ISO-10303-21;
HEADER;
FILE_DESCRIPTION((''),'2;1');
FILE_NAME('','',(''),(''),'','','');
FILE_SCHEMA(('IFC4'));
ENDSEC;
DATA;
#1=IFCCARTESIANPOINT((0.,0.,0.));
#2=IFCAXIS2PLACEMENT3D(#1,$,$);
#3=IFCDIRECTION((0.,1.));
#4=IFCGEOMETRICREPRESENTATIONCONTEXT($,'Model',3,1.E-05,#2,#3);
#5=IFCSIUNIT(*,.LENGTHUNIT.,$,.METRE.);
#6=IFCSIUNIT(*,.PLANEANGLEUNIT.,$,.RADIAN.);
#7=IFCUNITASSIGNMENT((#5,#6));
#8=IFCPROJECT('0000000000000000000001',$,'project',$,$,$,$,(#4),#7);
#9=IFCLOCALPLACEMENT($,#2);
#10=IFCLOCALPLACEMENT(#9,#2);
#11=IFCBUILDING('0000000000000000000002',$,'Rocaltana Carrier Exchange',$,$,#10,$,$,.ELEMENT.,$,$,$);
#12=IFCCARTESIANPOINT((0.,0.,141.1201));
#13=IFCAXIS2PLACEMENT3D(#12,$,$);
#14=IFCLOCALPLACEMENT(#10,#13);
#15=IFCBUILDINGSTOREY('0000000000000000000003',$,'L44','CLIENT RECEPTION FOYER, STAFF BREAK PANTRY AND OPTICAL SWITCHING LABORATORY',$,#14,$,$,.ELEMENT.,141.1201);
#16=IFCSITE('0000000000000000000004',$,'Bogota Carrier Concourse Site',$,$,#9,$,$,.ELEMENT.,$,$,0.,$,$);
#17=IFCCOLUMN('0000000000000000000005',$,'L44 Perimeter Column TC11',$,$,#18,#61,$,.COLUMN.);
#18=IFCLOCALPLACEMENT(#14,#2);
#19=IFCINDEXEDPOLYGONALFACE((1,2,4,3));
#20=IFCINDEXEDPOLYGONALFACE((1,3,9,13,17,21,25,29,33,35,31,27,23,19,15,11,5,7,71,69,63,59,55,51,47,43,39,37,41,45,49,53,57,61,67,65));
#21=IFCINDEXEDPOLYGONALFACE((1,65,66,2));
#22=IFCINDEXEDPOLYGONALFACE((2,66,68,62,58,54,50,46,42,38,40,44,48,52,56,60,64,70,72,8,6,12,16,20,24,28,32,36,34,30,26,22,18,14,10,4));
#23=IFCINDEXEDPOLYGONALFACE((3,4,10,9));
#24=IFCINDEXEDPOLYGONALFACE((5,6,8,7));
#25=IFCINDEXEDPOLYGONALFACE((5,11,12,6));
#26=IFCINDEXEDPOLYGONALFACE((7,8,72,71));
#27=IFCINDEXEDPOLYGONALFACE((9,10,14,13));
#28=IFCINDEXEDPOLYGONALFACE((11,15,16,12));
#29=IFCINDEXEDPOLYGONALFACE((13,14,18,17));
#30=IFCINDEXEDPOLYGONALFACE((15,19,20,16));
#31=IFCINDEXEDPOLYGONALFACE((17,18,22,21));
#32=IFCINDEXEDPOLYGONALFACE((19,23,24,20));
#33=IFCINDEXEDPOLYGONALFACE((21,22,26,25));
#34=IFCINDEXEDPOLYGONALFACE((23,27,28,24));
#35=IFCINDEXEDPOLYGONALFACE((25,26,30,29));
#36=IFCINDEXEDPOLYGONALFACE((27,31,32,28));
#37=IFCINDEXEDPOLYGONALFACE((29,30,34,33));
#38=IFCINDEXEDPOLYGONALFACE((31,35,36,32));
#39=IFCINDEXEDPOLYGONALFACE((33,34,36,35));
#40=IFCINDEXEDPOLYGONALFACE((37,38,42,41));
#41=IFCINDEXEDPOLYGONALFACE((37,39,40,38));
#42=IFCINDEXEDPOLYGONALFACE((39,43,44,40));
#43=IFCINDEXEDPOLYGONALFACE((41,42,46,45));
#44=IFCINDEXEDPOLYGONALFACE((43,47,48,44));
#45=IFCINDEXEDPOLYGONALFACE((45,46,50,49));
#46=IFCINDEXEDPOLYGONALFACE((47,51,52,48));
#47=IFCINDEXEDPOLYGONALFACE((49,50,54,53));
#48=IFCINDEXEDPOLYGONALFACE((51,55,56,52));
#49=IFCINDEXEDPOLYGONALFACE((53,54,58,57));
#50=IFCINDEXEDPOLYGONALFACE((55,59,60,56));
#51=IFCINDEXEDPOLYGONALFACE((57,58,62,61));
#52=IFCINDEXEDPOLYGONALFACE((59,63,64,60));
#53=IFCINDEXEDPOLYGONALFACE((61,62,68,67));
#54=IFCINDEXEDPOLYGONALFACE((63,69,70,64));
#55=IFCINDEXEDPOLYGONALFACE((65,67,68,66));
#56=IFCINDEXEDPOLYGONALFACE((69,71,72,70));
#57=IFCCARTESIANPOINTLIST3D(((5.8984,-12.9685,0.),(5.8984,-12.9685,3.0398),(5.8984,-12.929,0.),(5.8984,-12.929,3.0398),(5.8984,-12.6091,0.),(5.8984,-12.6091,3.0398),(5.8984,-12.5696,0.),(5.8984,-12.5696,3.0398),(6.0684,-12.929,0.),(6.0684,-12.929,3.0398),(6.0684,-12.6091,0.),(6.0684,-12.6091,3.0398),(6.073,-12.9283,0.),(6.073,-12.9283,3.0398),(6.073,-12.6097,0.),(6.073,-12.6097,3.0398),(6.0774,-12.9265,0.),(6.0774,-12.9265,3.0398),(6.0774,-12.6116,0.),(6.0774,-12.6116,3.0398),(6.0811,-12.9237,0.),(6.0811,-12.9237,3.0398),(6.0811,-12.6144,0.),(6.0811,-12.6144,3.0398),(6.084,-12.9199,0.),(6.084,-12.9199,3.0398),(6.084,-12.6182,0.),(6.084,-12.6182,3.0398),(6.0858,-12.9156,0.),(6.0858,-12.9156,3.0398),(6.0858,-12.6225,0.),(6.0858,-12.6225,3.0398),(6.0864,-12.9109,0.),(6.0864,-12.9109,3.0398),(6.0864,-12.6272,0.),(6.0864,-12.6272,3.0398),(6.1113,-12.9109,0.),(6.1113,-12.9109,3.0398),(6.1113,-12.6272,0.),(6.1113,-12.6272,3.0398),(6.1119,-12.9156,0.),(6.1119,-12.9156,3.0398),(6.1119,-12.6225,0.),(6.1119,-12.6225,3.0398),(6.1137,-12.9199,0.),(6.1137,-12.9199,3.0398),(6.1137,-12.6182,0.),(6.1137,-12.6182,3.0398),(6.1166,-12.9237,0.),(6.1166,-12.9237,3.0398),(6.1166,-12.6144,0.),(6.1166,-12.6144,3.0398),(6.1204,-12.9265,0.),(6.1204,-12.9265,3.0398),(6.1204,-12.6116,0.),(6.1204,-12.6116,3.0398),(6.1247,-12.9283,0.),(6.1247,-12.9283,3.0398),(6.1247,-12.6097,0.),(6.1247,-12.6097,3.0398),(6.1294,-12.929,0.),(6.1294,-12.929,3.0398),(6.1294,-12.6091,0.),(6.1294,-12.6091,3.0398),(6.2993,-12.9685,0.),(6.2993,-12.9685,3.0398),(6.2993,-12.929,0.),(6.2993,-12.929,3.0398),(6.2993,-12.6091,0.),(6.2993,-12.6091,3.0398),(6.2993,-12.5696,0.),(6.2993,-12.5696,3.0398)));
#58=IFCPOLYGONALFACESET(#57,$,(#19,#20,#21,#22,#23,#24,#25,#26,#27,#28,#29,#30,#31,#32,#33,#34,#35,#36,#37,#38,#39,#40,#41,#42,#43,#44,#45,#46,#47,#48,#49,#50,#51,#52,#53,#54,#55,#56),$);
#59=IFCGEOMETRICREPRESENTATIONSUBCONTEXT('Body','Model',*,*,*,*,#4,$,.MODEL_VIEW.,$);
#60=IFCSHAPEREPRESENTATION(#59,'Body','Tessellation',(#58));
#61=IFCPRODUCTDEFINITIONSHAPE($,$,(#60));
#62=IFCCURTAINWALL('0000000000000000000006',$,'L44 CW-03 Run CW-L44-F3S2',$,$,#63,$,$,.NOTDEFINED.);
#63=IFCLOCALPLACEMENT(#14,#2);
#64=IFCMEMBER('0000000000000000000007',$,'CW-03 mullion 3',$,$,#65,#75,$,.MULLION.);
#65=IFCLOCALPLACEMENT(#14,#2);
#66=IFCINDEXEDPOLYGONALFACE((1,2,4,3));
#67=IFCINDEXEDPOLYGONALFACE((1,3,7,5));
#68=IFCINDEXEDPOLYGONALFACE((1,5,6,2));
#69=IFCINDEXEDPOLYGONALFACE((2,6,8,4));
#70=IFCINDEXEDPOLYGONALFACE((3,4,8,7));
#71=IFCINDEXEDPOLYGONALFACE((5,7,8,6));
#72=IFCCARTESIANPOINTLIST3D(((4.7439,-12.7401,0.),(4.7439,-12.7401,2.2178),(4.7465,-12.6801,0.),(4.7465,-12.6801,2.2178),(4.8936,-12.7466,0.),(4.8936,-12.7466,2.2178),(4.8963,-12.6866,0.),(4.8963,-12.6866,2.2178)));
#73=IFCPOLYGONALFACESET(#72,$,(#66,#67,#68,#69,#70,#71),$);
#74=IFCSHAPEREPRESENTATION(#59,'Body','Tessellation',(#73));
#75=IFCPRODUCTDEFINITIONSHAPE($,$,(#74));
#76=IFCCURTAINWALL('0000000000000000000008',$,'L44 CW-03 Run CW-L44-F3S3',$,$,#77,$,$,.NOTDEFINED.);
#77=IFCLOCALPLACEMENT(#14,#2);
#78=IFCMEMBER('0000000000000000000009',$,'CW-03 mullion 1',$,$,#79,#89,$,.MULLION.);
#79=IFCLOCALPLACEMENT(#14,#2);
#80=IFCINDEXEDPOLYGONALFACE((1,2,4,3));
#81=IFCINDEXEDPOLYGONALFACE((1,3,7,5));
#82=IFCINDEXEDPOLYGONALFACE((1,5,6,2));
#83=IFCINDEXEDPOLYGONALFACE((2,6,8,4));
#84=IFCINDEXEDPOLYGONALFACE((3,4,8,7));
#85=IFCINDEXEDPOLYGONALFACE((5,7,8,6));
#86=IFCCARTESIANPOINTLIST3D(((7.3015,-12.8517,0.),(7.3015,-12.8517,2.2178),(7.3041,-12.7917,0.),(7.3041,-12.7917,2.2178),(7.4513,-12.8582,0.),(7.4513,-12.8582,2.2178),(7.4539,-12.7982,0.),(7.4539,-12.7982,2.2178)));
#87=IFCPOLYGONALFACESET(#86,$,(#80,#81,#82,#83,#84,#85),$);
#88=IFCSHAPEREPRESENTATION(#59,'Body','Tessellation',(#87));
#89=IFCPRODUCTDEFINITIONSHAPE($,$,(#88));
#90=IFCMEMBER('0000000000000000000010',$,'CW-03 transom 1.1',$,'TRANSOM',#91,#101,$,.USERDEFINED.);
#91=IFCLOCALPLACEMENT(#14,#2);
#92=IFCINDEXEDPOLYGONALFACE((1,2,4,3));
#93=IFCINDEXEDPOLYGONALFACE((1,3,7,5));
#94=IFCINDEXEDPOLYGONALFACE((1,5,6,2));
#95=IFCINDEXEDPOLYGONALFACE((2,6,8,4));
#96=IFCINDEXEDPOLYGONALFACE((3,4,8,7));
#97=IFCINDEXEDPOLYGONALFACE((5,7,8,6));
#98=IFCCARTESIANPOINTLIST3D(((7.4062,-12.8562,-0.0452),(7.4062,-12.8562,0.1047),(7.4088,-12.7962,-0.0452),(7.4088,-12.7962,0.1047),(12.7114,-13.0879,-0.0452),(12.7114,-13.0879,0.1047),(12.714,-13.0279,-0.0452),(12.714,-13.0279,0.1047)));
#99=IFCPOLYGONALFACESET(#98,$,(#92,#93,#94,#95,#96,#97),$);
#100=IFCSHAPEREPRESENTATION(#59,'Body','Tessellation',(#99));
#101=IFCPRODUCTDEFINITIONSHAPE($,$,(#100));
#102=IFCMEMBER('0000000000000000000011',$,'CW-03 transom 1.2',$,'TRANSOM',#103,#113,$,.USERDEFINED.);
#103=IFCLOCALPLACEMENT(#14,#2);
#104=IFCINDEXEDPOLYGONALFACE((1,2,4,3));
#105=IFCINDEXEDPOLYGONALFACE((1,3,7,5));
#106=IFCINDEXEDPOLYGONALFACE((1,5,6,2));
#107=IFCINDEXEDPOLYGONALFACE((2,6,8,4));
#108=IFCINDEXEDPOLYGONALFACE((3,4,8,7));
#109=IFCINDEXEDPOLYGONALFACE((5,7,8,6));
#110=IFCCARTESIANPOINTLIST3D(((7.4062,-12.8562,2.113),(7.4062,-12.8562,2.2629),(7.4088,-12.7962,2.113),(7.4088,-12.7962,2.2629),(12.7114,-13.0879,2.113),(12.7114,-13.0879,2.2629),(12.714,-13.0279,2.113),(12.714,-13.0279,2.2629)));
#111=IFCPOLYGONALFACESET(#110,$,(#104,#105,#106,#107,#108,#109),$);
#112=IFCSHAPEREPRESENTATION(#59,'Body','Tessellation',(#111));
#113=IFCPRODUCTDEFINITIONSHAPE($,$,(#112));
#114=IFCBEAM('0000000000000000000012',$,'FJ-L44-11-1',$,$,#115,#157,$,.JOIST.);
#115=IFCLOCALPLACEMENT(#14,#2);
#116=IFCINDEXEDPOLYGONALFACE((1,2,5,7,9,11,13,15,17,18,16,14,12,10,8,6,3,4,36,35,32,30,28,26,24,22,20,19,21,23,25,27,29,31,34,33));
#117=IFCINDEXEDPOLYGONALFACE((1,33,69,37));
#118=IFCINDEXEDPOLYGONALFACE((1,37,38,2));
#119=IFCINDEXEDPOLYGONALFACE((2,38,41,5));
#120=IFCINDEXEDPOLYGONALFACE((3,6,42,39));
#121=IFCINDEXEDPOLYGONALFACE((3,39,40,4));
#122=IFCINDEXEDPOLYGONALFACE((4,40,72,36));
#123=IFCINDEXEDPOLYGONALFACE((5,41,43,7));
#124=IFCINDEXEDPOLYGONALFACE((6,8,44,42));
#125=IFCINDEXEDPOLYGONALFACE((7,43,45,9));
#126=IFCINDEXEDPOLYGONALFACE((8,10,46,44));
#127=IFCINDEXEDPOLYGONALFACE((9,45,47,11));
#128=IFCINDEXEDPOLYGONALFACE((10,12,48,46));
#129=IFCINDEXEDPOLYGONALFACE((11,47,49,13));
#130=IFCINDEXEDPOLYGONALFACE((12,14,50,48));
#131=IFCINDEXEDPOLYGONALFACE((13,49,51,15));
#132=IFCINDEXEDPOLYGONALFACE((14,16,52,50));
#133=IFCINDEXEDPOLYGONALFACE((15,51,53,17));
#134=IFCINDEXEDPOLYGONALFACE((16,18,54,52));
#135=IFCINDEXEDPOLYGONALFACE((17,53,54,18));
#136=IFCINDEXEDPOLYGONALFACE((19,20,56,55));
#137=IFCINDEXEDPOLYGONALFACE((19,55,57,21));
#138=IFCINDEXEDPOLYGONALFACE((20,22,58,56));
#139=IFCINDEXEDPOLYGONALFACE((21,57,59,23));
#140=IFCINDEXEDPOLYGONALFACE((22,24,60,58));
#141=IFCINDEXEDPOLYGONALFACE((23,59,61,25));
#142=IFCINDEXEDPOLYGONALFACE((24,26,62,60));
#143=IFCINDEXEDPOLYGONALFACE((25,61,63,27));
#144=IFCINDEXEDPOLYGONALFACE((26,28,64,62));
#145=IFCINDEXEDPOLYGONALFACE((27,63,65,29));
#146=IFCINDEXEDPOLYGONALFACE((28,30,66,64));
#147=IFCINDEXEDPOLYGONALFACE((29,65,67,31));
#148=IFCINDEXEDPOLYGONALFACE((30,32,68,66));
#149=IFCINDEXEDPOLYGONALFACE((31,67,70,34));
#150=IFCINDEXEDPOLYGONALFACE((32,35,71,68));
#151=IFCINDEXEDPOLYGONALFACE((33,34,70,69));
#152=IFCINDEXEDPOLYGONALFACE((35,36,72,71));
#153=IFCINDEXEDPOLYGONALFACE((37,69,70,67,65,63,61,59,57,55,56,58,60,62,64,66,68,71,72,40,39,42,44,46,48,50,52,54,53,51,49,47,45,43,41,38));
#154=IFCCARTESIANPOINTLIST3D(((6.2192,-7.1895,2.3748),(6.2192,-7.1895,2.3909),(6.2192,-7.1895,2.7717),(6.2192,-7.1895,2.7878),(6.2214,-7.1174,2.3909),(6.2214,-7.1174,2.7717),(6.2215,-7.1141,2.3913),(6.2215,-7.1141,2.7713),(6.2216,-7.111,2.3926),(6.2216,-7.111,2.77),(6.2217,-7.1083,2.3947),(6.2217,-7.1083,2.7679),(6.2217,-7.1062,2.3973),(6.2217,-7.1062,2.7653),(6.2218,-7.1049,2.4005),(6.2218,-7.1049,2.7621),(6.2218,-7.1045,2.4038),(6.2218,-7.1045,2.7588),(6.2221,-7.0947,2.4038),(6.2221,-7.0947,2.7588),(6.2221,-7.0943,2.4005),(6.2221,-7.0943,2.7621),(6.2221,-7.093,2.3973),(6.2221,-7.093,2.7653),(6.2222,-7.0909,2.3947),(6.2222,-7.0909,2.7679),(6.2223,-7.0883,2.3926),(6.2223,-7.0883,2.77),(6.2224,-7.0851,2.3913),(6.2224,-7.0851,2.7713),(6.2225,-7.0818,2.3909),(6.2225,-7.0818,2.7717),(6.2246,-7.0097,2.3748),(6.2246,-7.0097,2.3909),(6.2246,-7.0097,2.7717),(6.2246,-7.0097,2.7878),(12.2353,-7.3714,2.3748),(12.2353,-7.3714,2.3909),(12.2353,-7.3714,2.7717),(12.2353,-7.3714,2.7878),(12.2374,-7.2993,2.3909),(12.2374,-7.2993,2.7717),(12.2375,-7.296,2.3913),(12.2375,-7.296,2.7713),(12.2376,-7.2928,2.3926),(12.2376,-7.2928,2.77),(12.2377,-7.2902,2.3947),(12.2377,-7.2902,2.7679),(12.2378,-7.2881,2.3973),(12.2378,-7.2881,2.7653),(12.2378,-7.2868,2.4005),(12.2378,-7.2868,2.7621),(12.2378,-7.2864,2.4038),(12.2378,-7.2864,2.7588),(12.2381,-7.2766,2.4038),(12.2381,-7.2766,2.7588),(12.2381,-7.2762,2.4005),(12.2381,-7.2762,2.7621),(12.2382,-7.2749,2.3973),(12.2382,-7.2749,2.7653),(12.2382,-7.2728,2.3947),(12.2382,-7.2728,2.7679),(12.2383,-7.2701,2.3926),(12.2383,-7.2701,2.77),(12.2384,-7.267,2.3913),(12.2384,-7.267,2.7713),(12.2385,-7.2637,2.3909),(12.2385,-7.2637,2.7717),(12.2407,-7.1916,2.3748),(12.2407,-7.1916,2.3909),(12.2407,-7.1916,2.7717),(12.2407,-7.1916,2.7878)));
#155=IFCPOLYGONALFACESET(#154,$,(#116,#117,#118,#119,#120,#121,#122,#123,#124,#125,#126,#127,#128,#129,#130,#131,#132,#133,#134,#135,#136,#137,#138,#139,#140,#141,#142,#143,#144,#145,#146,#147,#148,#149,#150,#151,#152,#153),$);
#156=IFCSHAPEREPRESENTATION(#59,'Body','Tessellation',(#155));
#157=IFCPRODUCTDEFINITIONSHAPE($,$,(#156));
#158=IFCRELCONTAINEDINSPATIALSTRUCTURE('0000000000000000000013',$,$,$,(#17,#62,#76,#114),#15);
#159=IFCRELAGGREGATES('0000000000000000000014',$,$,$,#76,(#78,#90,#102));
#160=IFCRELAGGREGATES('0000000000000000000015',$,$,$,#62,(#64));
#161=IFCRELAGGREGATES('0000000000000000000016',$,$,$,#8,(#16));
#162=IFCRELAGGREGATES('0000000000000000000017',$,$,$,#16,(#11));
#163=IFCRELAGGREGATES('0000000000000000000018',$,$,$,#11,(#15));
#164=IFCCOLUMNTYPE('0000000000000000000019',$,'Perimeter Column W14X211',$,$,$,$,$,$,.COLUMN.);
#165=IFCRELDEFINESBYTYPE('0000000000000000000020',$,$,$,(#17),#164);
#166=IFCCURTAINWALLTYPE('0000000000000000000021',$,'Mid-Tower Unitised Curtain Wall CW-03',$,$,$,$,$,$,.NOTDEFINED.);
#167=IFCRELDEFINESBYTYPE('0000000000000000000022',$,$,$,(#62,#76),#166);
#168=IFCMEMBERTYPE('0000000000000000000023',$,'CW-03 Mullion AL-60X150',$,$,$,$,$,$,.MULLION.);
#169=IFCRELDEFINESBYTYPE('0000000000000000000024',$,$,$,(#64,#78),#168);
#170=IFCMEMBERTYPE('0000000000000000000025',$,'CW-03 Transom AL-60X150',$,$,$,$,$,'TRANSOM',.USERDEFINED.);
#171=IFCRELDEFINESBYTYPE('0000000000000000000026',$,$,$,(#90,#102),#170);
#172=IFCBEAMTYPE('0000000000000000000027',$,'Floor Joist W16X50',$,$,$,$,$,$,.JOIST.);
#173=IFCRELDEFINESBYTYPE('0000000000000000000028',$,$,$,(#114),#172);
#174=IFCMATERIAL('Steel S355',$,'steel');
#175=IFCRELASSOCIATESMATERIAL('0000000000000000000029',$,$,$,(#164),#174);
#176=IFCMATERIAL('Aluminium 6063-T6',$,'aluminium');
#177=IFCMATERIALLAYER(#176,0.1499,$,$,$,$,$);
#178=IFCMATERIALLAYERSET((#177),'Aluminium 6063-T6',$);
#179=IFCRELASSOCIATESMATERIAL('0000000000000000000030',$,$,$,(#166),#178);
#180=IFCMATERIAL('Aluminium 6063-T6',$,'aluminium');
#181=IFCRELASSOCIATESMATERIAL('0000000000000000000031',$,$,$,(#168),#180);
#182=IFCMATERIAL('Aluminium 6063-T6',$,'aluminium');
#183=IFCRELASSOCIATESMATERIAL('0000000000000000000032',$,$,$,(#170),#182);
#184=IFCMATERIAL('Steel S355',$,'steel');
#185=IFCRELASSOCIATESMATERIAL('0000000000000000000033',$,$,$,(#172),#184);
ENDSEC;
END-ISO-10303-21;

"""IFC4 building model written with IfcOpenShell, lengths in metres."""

from ifc_helpers import new_model, si_unit, direction, frame, origin, origin_2d, place, context, subcontext, project, spatial, rectangle, i_section, extrude, material, layer, layer_set, material_profile, profile_set, type_object, element, aggregate, save


model = new_model("IFC4")

# Units and contexts
model_context = context("Model", 3, precision=1e-05, world=origin(), true_north=direction((0.0, 1.0)))
body_context = subcontext(model_context, "Body", "Model", "MODEL_VIEW")
ifc_project = project(units=[si_unit("LENGTHUNIT", "METRE"), si_unit("PLANEANGLEUNIT", "RADIAN")], contexts=[model_context])

# Site, building, storey
site_placement = place(None, origin())
site = spatial("IfcSite", under=ifc_project, at=site_placement, Name="Bogota Carrier Concourse Site", CompositionType="ELEMENT", RefElevation=0.0)
building_placement = place(site_placement, origin())
building = spatial("IfcBuilding", under=site, at=building_placement, Name="Rocaltana Carrier Exchange", CompositionType="ELEMENT")
storey_placement = place(building_placement, frame((0.0, 0.0, 141.1201)))
storey = spatial("IfcBuildingStorey", under=building, at=storey_placement, Name="L44", Description="CLIENT RECEPTION FOYER, STAFF BREAK PANTRY AND OPTICAL SWITCHING LABORATORY", CompositionType="ELEMENT", Elevation=141.1201)

# Column
ifc_material_1 = material(Name="Steel S355", Category="steel")
ifc_material_profile_1 = material_profile(ifc_material_1, i_section(OverallWidth=0.4009, OverallDepth=0.3989, WebThickness=0.0249, FlangeThickness=0.0396, FilletRadius=0.0181, at=origin_2d()), Name="W14X211")
ifc_profile_set_1 = profile_set([ifc_material_profile_1], Name="Steel S355")
column_type = type_object("IfcColumnType", Name="Perimeter Column W14X211", PredefinedType="COLUMN", material=ifc_profile_set_1)
column_placement = place(storey_placement, frame((6.0989, -12.769, 0.0), z_axis=(0.0, 0.0, 1.0), x_axis=(1.0, 0.0, 0.0)))
element("IfcColumn", 1, at=column_placement, inside=storey, type_object=column_type, Name="L44 Perimeter Column TC11", PredefinedType="COLUMN", context=body_context, shape_type="SweptSolid", body=[
    extrude(i_section(OverallWidth=0.4009, OverallDepth=0.3989, WebThickness=0.0249, FlangeThickness=0.0396, FilletRadius=0.0181, at=origin_2d()), origin(), (0.0, 0.0, 1.0), 3.0398),
])

# Curtain wall, member
ifc_material_2 = material(Name="Aluminium 6063-T6", Category="aluminium")
ifc_layer_1 = layer(ifc_material_2, 0.1499)
ifc_layer_set_1 = layer_set([ifc_layer_1], Name="Aluminium 6063-T6")
curtain_wall_type = type_object("IfcCurtainWallType", Name="Mid-Tower Unitised Curtain Wall CW-03", PredefinedType="NOTDEFINED", material=ifc_layer_set_1)
curtain_wall_1_placement = place(storey_placement, origin())
curtain_wall_1 = element("IfcCurtainWall", 2, at=curtain_wall_1_placement, inside=storey, type_object=curtain_wall_type, Name="L44 CW-03 Run CW-L44-F3S2", PredefinedType="NOTDEFINED")
ifc_material_3 = material(Name="Aluminium 6063-T6", Category="aluminium")
ifc_material_profile_2 = material_profile(ifc_material_3, rectangle(XDim=0.0601, YDim=0.1499, at=origin_2d()), Name="AL-60X150")
ifc_profile_set_2 = profile_set([ifc_material_profile_2], Name="Aluminium 6063-T6")
member_type_1 = type_object("IfcMemberType", Name="CW-03 Mullion AL-60X150", PredefinedType="MULLION", material=ifc_profile_set_2)
member_1_placement = place(storey_placement, frame((4.8201, -12.7134, 0.0), z_axis=(0.0, 0.0, 1.0), x_axis=(0.04362, 0.999048, 0.0)))
member_1 = element("IfcMember", 3, at=member_1_placement, type_object=member_type_1, Name="CW-03 mullion 3", PredefinedType="MULLION", context=body_context, shape_type="SweptSolid", body=[
    extrude(rectangle(XDim=0.0601, YDim=0.1499, at=origin_2d()), origin(), (0.0, 0.0, 1.0), 2.2178),
])

# Curtain wall, members
curtain_wall_2_placement = place(storey_placement, origin())
curtain_wall_2 = element("IfcCurtainWall", 4, at=curtain_wall_2_placement, inside=storey, type_object=curtain_wall_type, Name="L44 CW-03 Run CW-L44-F3S3", PredefinedType="NOTDEFINED")
member_2_placement = place(storey_placement, frame((7.3777, -12.825, 0.0), z_axis=(0.0, 0.0, 1.0), x_axis=(0.043629, 0.999048, 0.0)))
member_2 = element("IfcMember", 5, at=member_2_placement, type_object=member_type_1, Name="CW-03 mullion 1", PredefinedType="MULLION", context=body_context, shape_type="SweptSolid", body=[
    extrude(rectangle(XDim=0.0601, YDim=0.1499, at=origin_2d()), origin(), (0.0, 0.0, 1.0), 2.2178),
])
ifc_material_4 = material(Name="Aluminium 6063-T6", Category="aluminium")
ifc_material_profile_3 = material_profile(ifc_material_4, rectangle(XDim=0.0601, YDim=0.1499, at=origin_2d()), Name="AL-60X150")
ifc_profile_set_3 = profile_set([ifc_material_profile_3], Name="Aluminium 6063-T6")
member_type_2 = type_object("IfcMemberType", Name="CW-03 Transom AL-60X150", ElementType="TRANSOM", PredefinedType="USERDEFINED", material=ifc_profile_set_3)
member_3_placement = place(storey_placement, frame((7.4075, -12.8262, 0.0298), z_axis=(0.999048, -0.043631, 0.0), x_axis=(0.043631, 0.999048, 0.0)))
member_3 = element("IfcMember", 6, at=member_3_placement, type_object=member_type_2, Name="CW-03 transom 1.1", ObjectType="TRANSOM", PredefinedType="USERDEFINED", context=body_context, shape_type="SweptSolid", body=[
    extrude(rectangle(XDim=0.0601, YDim=0.1499, at=origin_2d()), origin(), (0.0, 0.0, 1.0), 5.3103),
])
member_4_placement = place(storey_placement, frame((7.4075, -12.8262, 2.188), z_axis=(0.999048, -0.043631, 0.0), x_axis=(0.043631, 0.999048, 0.0)))
member_4 = element("IfcMember", 7, at=member_4_placement, type_object=member_type_2, Name="CW-03 transom 1.2", ObjectType="TRANSOM", PredefinedType="USERDEFINED", context=body_context, shape_type="SweptSolid", body=[
    extrude(rectangle(XDim=0.0601, YDim=0.1499, at=origin_2d()), origin(), (0.0, 0.0, 1.0), 5.3103),
])
aggregate(curtain_wall_2, [member_2, member_3, member_4])

# Beam
ifc_material_5 = material(Name="Steel S355", Category="steel")
ifc_material_profile_4 = material_profile(ifc_material_5, i_section(OverallWidth=0.1799, OverallDepth=0.4131, WebThickness=0.0098, FlangeThickness=0.0161, FilletRadius=0.0129, at=origin_2d()), Name="W16X50")
ifc_profile_set_4 = profile_set([ifc_material_profile_4], Name="Steel S355")
beam_type_1 = type_object("IfcBeamType", Name="Floor Joist W16X50", PredefinedType="JOIST", material=ifc_profile_set_4)
beam_1_placement = place(storey_placement, frame((6.2219, -7.0996, 2.5813), z_axis=(0.999543, -0.030219, 0.0), x_axis=(0.030219, 0.999543, 0.0)))
element("IfcBeam", 8, at=beam_1_placement, inside=storey, type_object=beam_type_1, Name="FJ-L44-11-1", PredefinedType="JOIST", context=body_context, shape_type="SweptSolid", body=[
    extrude(i_section(OverallWidth=0.1799, OverallDepth=0.4131, WebThickness=0.0098, FlangeThickness=0.0161, FilletRadius=0.0129, at=origin_2d()), origin(), (0.0, 0.0, 1.0), 6.0188),
])

aggregate(curtain_wall_1, [member_1])

save(model, "model.ifc")
